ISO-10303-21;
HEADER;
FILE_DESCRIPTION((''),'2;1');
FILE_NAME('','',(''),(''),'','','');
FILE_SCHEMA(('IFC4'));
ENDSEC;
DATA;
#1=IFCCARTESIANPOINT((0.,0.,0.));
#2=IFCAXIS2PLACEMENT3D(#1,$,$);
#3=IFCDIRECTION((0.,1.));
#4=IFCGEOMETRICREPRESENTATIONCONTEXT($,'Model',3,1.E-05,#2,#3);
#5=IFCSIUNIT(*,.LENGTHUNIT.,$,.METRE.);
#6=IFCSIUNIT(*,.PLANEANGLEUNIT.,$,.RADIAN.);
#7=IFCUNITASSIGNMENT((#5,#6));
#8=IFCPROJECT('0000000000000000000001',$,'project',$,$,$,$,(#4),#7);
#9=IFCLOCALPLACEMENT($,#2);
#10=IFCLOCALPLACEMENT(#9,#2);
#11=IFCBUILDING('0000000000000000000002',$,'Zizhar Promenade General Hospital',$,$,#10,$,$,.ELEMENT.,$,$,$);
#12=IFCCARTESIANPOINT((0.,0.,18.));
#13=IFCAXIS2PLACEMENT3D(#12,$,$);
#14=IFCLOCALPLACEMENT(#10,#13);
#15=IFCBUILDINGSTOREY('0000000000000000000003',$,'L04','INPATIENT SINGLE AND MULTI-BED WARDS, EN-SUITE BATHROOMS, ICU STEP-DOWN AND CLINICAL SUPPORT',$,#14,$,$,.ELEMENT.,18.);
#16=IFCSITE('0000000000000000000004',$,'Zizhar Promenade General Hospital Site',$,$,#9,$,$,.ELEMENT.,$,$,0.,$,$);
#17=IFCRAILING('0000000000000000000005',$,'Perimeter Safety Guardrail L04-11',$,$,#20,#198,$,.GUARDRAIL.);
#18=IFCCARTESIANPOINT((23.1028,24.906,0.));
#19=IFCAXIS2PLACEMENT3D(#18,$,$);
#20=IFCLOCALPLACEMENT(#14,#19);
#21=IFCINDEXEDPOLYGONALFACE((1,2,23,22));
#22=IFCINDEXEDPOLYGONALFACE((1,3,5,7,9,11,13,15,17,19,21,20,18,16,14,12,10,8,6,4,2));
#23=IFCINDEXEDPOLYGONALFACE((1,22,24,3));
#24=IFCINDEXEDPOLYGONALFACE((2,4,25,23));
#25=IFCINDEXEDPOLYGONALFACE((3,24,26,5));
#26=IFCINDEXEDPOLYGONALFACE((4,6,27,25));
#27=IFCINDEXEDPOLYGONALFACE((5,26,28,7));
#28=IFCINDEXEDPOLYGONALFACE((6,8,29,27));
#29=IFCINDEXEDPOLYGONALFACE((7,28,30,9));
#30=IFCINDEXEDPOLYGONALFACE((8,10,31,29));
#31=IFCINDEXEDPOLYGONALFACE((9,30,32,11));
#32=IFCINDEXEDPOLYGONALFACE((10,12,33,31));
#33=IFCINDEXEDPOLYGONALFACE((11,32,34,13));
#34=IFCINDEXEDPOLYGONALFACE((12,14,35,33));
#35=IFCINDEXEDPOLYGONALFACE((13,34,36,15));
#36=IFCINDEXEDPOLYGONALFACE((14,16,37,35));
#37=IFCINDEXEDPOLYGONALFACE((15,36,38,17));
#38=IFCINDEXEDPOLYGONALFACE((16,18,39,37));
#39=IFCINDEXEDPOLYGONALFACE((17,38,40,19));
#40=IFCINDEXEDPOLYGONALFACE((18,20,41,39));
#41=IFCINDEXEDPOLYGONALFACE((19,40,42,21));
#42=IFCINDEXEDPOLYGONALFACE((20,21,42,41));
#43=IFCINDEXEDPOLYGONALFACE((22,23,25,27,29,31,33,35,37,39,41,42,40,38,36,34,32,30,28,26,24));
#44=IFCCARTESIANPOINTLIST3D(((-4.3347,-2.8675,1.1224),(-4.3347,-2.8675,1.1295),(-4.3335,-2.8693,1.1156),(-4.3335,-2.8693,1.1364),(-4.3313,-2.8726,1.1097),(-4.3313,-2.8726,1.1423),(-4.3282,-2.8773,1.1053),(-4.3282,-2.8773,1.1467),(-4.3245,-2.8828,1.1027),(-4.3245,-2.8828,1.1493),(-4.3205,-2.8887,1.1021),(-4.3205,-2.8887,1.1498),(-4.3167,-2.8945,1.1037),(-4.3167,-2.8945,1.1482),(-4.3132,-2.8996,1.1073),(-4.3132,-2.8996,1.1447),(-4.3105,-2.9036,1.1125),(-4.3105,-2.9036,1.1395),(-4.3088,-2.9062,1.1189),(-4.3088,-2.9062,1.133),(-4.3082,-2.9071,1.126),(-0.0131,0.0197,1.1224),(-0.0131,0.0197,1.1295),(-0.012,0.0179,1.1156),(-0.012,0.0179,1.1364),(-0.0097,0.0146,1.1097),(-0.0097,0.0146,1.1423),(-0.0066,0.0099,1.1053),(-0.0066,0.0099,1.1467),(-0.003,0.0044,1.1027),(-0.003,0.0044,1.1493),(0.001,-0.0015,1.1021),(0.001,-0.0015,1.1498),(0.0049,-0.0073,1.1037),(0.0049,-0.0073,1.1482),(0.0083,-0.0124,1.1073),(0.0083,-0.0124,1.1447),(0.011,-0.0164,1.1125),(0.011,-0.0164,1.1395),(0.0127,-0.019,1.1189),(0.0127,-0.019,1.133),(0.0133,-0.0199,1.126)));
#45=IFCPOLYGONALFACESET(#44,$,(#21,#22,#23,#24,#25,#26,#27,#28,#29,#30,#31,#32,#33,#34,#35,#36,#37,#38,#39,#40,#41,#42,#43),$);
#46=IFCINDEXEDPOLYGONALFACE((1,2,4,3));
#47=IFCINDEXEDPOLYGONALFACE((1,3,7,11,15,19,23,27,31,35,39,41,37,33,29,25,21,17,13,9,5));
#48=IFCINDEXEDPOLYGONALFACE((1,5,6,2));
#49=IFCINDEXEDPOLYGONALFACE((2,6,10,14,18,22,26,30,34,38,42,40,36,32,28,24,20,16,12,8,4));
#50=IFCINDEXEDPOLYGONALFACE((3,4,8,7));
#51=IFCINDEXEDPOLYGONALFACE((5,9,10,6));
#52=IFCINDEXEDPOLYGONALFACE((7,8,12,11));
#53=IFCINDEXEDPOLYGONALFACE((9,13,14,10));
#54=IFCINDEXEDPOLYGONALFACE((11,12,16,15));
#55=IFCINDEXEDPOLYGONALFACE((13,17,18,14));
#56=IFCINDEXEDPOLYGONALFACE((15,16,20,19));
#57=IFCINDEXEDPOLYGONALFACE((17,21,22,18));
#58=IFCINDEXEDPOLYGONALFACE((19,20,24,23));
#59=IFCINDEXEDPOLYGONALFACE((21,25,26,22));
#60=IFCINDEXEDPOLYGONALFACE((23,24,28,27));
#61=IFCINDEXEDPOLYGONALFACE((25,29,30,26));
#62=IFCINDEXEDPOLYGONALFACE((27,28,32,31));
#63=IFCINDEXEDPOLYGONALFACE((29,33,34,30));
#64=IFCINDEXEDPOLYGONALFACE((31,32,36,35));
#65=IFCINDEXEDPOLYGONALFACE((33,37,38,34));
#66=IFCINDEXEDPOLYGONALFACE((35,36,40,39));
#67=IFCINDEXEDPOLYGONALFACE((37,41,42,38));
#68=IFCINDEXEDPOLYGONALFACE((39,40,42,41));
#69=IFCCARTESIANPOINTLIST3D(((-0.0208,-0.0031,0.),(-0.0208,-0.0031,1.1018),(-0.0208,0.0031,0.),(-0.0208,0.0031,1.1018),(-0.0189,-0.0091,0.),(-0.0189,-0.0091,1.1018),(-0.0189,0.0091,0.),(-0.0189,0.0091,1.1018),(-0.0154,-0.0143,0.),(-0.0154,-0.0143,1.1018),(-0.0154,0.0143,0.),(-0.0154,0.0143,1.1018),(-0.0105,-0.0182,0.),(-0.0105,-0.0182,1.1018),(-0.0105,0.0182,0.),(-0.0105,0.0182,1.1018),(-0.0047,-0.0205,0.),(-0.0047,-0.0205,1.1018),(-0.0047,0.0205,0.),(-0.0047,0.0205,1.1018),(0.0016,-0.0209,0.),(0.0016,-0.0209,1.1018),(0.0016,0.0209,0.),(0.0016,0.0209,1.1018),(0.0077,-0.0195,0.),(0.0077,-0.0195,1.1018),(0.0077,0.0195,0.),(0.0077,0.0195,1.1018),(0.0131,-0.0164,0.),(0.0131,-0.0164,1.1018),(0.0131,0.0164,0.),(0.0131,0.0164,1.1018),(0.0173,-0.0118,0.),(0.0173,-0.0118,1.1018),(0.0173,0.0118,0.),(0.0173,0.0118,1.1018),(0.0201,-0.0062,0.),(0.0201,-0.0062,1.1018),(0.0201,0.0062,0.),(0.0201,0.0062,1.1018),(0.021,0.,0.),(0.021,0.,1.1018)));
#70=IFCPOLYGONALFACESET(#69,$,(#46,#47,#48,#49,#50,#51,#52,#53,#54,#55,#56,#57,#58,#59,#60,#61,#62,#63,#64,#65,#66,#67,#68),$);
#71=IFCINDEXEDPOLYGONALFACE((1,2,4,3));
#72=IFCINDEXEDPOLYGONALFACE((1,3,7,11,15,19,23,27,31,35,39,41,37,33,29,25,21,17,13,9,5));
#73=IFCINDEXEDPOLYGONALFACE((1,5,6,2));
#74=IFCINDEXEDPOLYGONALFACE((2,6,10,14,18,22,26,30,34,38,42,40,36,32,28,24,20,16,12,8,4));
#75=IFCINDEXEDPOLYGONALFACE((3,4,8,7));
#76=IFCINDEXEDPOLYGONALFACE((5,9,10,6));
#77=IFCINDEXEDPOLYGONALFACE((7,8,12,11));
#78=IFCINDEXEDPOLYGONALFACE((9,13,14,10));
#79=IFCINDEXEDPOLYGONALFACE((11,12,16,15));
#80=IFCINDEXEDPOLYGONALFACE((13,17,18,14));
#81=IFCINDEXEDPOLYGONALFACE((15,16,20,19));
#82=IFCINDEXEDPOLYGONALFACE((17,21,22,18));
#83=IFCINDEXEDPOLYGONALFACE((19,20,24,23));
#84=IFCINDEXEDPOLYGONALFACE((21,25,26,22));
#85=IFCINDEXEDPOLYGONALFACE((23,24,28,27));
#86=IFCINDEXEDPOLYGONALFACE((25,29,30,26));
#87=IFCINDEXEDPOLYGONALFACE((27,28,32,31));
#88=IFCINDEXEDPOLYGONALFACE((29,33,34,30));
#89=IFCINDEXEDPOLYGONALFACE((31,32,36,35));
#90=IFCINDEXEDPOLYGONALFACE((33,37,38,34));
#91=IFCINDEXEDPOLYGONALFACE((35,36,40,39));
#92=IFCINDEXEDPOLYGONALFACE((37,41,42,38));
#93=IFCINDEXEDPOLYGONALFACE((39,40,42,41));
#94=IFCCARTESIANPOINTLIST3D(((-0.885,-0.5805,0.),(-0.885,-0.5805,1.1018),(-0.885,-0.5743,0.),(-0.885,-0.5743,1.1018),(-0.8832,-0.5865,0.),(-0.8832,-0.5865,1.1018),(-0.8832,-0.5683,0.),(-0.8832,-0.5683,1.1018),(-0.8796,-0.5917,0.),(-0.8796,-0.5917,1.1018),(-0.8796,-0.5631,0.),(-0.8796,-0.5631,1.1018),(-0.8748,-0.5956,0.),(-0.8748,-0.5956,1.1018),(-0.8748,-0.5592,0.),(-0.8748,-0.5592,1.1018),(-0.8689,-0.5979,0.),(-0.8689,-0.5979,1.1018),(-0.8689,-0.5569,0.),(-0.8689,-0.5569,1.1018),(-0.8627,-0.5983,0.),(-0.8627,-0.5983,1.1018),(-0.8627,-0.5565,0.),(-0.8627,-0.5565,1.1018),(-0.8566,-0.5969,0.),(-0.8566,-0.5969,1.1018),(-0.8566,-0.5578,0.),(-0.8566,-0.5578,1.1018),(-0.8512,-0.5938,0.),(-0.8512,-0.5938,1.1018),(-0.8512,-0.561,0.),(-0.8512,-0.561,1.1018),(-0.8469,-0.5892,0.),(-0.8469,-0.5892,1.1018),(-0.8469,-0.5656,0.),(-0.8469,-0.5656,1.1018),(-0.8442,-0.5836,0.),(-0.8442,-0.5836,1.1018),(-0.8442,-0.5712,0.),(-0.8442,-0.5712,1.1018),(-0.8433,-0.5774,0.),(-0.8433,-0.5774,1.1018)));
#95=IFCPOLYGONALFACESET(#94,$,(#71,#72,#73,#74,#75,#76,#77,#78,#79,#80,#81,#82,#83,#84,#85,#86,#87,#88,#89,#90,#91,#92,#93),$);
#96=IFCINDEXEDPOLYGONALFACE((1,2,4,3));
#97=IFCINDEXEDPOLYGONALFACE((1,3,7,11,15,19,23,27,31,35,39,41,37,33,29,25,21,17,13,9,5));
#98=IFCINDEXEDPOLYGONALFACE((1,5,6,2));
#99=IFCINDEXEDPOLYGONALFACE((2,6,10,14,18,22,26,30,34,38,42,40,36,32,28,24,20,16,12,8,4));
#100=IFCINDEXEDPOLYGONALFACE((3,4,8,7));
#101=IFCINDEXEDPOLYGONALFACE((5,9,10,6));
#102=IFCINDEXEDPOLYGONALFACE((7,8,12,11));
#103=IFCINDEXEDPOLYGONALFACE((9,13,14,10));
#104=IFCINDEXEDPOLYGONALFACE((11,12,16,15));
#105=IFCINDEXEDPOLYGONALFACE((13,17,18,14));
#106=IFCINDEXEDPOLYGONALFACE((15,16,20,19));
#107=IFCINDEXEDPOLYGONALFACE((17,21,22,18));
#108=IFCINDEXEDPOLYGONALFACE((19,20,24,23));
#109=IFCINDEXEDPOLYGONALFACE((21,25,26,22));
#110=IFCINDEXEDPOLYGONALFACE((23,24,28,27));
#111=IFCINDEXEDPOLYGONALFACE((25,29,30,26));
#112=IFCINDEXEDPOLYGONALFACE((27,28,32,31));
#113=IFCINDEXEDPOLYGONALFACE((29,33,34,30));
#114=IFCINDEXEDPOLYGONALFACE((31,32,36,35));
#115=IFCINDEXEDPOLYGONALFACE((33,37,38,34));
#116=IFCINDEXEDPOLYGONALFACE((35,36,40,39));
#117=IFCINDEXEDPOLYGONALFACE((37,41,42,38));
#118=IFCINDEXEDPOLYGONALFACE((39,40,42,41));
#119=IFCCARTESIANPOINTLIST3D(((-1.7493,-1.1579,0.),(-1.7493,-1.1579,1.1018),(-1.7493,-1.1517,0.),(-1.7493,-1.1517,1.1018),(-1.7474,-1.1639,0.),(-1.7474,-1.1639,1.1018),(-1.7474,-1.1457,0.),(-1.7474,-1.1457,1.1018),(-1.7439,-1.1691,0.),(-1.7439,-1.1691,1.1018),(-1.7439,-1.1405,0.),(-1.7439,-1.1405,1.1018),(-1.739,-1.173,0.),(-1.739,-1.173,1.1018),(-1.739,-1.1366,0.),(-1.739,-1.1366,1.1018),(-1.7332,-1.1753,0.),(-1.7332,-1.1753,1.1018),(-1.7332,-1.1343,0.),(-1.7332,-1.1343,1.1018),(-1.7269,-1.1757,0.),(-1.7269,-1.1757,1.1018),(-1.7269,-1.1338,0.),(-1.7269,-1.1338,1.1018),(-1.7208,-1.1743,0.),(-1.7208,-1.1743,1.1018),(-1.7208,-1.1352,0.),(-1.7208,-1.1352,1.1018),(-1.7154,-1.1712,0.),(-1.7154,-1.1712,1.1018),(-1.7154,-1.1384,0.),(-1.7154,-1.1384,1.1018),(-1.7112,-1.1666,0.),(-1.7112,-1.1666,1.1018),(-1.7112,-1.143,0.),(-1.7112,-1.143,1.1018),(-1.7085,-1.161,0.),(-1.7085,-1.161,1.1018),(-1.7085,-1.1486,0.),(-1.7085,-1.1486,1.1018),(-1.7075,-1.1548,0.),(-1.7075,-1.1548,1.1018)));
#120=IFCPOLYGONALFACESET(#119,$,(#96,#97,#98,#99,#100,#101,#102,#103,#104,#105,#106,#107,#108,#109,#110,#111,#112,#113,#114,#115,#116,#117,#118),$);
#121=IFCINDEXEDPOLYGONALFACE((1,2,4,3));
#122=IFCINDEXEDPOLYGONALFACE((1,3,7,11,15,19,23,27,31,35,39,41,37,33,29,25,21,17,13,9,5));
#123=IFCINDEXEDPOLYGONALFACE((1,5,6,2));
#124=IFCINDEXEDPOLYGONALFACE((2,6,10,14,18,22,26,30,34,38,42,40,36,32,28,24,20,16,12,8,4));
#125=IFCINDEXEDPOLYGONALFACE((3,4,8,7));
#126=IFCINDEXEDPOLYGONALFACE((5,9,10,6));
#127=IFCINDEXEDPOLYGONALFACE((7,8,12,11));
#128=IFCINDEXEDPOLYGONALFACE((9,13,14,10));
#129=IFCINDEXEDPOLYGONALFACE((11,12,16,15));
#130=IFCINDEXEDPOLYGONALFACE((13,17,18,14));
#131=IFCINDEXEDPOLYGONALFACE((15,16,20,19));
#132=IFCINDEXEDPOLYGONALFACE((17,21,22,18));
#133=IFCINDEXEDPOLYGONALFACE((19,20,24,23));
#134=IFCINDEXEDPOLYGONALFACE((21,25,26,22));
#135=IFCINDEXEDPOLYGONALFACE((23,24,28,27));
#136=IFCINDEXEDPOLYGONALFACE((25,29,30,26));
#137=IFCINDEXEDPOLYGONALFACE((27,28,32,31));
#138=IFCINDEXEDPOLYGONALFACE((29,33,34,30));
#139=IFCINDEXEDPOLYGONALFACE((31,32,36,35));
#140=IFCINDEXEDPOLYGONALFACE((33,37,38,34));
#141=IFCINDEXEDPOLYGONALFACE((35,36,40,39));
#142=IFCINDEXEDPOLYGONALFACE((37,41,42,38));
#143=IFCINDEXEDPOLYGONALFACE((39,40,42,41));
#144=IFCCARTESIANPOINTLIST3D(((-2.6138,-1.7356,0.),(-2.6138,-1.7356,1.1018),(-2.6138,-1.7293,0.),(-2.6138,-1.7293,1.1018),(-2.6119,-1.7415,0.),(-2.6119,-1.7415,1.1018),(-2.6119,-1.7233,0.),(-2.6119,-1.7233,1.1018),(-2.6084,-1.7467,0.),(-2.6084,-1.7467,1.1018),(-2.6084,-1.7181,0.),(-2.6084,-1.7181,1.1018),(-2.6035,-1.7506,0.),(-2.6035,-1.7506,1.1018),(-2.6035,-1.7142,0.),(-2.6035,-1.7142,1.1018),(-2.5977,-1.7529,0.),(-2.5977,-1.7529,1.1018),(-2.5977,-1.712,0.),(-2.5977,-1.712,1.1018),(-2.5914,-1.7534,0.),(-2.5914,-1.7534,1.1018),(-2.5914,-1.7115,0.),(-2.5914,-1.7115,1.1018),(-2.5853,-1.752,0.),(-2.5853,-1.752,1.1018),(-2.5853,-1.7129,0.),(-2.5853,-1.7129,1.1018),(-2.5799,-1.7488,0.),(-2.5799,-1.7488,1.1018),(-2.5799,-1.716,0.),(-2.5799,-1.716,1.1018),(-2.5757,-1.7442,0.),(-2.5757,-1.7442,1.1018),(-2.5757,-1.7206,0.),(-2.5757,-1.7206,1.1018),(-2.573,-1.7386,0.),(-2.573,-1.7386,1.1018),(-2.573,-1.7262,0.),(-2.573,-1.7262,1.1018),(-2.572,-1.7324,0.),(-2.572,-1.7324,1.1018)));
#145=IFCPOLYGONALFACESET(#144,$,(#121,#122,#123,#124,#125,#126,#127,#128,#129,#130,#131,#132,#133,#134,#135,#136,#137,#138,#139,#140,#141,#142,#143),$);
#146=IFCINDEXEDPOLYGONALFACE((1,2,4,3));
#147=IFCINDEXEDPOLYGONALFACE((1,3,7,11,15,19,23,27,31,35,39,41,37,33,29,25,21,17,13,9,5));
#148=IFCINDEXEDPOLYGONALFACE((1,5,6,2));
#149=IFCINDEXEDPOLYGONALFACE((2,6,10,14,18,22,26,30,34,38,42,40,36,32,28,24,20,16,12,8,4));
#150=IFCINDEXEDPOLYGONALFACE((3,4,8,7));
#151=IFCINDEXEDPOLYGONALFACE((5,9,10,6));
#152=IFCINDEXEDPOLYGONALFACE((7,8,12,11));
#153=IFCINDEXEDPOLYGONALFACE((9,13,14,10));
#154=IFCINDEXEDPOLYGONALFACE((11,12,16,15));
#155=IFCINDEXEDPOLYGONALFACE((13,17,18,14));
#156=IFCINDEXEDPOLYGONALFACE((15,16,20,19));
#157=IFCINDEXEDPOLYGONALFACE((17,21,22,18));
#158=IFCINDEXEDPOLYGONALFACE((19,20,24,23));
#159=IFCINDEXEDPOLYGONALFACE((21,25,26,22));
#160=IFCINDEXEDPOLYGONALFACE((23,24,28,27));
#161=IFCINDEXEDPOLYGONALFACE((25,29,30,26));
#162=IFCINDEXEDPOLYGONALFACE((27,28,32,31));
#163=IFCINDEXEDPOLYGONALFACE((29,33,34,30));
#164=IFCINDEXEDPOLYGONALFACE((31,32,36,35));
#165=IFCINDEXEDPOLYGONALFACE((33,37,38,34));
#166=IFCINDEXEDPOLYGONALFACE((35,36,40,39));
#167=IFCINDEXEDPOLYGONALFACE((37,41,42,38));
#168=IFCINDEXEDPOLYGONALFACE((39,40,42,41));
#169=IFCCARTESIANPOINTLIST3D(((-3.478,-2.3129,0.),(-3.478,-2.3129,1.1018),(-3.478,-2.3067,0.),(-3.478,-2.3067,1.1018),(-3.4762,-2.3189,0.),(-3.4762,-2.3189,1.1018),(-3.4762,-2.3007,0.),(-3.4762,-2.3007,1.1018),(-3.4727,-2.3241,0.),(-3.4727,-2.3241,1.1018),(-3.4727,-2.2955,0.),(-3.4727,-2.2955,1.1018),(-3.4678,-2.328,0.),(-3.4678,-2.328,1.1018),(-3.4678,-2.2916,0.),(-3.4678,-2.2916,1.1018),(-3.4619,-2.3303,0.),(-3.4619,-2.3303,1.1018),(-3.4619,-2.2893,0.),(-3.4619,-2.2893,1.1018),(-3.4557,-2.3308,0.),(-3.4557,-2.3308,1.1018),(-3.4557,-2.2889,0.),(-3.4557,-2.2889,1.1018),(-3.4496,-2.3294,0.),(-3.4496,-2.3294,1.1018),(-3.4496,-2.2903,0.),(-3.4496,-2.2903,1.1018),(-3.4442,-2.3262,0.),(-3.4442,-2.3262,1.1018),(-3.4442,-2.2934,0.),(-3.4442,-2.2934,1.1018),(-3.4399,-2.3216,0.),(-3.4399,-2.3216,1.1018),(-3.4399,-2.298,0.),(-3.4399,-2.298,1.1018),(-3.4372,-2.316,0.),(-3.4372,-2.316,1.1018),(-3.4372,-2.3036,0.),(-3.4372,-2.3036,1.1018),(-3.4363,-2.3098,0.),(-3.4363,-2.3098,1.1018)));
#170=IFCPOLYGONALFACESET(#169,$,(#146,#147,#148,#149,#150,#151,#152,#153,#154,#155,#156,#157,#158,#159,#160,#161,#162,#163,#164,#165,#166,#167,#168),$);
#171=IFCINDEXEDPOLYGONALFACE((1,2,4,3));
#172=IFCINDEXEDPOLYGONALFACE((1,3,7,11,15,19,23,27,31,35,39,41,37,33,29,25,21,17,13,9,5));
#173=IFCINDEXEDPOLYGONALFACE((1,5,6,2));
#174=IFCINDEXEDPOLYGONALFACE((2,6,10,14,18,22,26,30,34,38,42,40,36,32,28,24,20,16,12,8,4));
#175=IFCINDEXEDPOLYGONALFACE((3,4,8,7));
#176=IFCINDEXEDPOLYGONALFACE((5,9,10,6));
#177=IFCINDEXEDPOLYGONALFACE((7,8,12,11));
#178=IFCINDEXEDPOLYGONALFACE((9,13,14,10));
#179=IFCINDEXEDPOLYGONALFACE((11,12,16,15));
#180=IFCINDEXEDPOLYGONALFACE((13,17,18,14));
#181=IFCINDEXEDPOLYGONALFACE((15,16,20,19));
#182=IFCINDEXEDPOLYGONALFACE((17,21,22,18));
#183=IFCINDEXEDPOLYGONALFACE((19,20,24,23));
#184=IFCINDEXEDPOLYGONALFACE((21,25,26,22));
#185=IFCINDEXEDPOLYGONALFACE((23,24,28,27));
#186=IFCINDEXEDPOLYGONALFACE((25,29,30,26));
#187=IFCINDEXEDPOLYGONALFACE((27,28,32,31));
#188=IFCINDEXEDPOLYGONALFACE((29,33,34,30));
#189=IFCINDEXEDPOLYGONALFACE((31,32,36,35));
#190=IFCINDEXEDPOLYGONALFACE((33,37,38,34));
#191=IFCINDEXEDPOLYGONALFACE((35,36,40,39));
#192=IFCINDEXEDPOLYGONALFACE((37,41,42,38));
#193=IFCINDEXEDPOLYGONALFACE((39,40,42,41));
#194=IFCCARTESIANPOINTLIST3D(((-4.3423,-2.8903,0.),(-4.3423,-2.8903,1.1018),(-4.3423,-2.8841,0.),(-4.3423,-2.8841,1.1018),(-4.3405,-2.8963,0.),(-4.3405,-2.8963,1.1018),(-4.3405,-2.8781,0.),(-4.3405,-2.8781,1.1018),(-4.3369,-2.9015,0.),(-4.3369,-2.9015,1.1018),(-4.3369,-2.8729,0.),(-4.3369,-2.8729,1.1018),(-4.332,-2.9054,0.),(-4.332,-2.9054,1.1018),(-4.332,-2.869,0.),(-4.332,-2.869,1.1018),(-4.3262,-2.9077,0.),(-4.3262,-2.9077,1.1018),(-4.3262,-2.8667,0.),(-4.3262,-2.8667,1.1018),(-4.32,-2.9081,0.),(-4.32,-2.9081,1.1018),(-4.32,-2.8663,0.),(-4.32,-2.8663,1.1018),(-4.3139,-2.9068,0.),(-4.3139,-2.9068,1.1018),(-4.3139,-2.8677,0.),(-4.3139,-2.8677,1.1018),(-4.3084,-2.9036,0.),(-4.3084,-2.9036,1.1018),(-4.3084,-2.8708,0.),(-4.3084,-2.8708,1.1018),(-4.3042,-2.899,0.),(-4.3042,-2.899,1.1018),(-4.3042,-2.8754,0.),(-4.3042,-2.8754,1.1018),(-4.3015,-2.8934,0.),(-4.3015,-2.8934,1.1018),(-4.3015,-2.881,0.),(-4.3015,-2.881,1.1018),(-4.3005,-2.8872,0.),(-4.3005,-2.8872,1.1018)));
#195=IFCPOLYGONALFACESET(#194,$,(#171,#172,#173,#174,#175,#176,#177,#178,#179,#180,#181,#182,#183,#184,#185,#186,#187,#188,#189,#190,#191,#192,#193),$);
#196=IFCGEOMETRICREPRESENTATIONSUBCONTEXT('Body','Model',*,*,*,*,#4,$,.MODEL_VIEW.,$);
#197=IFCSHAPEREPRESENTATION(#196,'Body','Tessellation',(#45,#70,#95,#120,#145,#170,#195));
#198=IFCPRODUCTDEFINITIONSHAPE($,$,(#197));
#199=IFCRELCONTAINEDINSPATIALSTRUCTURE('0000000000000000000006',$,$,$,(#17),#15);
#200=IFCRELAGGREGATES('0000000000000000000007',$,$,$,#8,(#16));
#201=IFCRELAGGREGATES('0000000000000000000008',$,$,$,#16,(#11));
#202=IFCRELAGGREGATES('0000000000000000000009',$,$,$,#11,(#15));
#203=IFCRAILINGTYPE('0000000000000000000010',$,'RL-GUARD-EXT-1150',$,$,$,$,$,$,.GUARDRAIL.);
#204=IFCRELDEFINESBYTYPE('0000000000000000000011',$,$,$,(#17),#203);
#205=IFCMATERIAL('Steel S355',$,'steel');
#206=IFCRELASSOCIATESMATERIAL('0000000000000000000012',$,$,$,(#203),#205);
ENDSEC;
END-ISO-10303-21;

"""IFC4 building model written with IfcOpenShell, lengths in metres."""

from ifc_helpers import new_model, si_unit, direction, frame, origin, origin_2d, place, context, subcontext, project, spatial, hollow_rectangle, circle, extrude, material, material_profile, profile_set, type_object, element, save


model = new_model("IFC4")

# Units and contexts
model_context = context("Model", 3, precision=1e-05, world=origin(), true_north=direction((0.0, 1.0)))
body_context = subcontext(model_context, "Body", "Model", "MODEL_VIEW")
ifc_project = project(units=[si_unit("LENGTHUNIT", "METRE"), si_unit("PLANEANGLEUNIT", "RADIAN")], contexts=[model_context])

# Site, building, storey
site_placement = place(None, origin())
site = spatial("IfcSite", under=ifc_project, at=site_placement, Name="Zizhar Promenade General Hospital Site", CompositionType="ELEMENT", RefElevation=0.0)
building_placement = place(site_placement, origin())
building = spatial("IfcBuilding", under=site, at=building_placement, Name="Zizhar Promenade General Hospital", CompositionType="ELEMENT")
storey_placement = place(building_placement, frame((0.0, 0.0, 18.0)))
storey = spatial("IfcBuildingStorey", under=building, at=storey_placement, Name="L04", Description="INPATIENT SINGLE AND MULTI-BED WARDS, EN-SUITE BATHROOMS, ICU STEP-DOWN AND CLINICAL SUPPORT", CompositionType="ELEMENT", Elevation=18.0)

# Railing
ifc_material_1 = material(Name="Steel S355", Category="steel")
ifc_material_profile_1 = material_profile(ifc_material_1, hollow_rectangle(XDim=0.0601, YDim=0.1201, WallThickness=0.0039, at=origin_2d()))
ifc_profile_set_1 = profile_set([ifc_material_profile_1], Name="Steel S355")
railing_type = type_object("IfcRailingType", Name="RL-GUARD-EXT-1150", PredefinedType="GUARDRAIL", material=ifc_profile_set_1)
railing_1_placement = place(storey_placement, frame((23.1028, 24.906, 0.0)))
element("IfcRailing", 1, at=railing_1_placement, inside=storey, type_object=railing_type, Name="Perimeter Safety Guardrail L04-11", PredefinedType="GUARDRAIL", context=body_context, shape_type="SweptSolid", body=[
    extrude(circle(Radius=0.0239, at=origin_2d()), frame((0.0, 0.0, 1.126), z_axis=(-0.831501, -0.555524, 0.0), x_axis=(0.555524, -0.831501, 0.0)), (0.0, 0.0, 1.0), 5.1973),
    extrude(circle(Radius=0.021, at=origin_2d()), origin(), (0.0, 0.0, 1.0), 1.1018),
    extrude(circle(Radius=0.021, at=origin_2d()), frame((-0.8643, -0.5774, 0.0)), (0.0, 0.0, 1.0), 1.1018),
    extrude(circle(Radius=0.021, at=origin_2d()), frame((-1.7285, -1.1548, 0.0)), (0.0, 0.0, 1.0), 1.1018),
    extrude(circle(Radius=0.021, at=origin_2d()), frame((-2.593, -1.7324, 0.0)), (0.0, 0.0, 1.0), 1.1018),
    extrude(circle(Radius=0.021, at=origin_2d()), frame((-3.4573, -2.3098, 0.0)), (0.0, 0.0, 1.0), 1.1018),
    extrude(circle(Radius=0.021, at=origin_2d()), frame((-4.3215, -2.8872, 0.0)), (0.0, 0.0, 1.0), 1.1018),
])

save(model, "model.ifc")
